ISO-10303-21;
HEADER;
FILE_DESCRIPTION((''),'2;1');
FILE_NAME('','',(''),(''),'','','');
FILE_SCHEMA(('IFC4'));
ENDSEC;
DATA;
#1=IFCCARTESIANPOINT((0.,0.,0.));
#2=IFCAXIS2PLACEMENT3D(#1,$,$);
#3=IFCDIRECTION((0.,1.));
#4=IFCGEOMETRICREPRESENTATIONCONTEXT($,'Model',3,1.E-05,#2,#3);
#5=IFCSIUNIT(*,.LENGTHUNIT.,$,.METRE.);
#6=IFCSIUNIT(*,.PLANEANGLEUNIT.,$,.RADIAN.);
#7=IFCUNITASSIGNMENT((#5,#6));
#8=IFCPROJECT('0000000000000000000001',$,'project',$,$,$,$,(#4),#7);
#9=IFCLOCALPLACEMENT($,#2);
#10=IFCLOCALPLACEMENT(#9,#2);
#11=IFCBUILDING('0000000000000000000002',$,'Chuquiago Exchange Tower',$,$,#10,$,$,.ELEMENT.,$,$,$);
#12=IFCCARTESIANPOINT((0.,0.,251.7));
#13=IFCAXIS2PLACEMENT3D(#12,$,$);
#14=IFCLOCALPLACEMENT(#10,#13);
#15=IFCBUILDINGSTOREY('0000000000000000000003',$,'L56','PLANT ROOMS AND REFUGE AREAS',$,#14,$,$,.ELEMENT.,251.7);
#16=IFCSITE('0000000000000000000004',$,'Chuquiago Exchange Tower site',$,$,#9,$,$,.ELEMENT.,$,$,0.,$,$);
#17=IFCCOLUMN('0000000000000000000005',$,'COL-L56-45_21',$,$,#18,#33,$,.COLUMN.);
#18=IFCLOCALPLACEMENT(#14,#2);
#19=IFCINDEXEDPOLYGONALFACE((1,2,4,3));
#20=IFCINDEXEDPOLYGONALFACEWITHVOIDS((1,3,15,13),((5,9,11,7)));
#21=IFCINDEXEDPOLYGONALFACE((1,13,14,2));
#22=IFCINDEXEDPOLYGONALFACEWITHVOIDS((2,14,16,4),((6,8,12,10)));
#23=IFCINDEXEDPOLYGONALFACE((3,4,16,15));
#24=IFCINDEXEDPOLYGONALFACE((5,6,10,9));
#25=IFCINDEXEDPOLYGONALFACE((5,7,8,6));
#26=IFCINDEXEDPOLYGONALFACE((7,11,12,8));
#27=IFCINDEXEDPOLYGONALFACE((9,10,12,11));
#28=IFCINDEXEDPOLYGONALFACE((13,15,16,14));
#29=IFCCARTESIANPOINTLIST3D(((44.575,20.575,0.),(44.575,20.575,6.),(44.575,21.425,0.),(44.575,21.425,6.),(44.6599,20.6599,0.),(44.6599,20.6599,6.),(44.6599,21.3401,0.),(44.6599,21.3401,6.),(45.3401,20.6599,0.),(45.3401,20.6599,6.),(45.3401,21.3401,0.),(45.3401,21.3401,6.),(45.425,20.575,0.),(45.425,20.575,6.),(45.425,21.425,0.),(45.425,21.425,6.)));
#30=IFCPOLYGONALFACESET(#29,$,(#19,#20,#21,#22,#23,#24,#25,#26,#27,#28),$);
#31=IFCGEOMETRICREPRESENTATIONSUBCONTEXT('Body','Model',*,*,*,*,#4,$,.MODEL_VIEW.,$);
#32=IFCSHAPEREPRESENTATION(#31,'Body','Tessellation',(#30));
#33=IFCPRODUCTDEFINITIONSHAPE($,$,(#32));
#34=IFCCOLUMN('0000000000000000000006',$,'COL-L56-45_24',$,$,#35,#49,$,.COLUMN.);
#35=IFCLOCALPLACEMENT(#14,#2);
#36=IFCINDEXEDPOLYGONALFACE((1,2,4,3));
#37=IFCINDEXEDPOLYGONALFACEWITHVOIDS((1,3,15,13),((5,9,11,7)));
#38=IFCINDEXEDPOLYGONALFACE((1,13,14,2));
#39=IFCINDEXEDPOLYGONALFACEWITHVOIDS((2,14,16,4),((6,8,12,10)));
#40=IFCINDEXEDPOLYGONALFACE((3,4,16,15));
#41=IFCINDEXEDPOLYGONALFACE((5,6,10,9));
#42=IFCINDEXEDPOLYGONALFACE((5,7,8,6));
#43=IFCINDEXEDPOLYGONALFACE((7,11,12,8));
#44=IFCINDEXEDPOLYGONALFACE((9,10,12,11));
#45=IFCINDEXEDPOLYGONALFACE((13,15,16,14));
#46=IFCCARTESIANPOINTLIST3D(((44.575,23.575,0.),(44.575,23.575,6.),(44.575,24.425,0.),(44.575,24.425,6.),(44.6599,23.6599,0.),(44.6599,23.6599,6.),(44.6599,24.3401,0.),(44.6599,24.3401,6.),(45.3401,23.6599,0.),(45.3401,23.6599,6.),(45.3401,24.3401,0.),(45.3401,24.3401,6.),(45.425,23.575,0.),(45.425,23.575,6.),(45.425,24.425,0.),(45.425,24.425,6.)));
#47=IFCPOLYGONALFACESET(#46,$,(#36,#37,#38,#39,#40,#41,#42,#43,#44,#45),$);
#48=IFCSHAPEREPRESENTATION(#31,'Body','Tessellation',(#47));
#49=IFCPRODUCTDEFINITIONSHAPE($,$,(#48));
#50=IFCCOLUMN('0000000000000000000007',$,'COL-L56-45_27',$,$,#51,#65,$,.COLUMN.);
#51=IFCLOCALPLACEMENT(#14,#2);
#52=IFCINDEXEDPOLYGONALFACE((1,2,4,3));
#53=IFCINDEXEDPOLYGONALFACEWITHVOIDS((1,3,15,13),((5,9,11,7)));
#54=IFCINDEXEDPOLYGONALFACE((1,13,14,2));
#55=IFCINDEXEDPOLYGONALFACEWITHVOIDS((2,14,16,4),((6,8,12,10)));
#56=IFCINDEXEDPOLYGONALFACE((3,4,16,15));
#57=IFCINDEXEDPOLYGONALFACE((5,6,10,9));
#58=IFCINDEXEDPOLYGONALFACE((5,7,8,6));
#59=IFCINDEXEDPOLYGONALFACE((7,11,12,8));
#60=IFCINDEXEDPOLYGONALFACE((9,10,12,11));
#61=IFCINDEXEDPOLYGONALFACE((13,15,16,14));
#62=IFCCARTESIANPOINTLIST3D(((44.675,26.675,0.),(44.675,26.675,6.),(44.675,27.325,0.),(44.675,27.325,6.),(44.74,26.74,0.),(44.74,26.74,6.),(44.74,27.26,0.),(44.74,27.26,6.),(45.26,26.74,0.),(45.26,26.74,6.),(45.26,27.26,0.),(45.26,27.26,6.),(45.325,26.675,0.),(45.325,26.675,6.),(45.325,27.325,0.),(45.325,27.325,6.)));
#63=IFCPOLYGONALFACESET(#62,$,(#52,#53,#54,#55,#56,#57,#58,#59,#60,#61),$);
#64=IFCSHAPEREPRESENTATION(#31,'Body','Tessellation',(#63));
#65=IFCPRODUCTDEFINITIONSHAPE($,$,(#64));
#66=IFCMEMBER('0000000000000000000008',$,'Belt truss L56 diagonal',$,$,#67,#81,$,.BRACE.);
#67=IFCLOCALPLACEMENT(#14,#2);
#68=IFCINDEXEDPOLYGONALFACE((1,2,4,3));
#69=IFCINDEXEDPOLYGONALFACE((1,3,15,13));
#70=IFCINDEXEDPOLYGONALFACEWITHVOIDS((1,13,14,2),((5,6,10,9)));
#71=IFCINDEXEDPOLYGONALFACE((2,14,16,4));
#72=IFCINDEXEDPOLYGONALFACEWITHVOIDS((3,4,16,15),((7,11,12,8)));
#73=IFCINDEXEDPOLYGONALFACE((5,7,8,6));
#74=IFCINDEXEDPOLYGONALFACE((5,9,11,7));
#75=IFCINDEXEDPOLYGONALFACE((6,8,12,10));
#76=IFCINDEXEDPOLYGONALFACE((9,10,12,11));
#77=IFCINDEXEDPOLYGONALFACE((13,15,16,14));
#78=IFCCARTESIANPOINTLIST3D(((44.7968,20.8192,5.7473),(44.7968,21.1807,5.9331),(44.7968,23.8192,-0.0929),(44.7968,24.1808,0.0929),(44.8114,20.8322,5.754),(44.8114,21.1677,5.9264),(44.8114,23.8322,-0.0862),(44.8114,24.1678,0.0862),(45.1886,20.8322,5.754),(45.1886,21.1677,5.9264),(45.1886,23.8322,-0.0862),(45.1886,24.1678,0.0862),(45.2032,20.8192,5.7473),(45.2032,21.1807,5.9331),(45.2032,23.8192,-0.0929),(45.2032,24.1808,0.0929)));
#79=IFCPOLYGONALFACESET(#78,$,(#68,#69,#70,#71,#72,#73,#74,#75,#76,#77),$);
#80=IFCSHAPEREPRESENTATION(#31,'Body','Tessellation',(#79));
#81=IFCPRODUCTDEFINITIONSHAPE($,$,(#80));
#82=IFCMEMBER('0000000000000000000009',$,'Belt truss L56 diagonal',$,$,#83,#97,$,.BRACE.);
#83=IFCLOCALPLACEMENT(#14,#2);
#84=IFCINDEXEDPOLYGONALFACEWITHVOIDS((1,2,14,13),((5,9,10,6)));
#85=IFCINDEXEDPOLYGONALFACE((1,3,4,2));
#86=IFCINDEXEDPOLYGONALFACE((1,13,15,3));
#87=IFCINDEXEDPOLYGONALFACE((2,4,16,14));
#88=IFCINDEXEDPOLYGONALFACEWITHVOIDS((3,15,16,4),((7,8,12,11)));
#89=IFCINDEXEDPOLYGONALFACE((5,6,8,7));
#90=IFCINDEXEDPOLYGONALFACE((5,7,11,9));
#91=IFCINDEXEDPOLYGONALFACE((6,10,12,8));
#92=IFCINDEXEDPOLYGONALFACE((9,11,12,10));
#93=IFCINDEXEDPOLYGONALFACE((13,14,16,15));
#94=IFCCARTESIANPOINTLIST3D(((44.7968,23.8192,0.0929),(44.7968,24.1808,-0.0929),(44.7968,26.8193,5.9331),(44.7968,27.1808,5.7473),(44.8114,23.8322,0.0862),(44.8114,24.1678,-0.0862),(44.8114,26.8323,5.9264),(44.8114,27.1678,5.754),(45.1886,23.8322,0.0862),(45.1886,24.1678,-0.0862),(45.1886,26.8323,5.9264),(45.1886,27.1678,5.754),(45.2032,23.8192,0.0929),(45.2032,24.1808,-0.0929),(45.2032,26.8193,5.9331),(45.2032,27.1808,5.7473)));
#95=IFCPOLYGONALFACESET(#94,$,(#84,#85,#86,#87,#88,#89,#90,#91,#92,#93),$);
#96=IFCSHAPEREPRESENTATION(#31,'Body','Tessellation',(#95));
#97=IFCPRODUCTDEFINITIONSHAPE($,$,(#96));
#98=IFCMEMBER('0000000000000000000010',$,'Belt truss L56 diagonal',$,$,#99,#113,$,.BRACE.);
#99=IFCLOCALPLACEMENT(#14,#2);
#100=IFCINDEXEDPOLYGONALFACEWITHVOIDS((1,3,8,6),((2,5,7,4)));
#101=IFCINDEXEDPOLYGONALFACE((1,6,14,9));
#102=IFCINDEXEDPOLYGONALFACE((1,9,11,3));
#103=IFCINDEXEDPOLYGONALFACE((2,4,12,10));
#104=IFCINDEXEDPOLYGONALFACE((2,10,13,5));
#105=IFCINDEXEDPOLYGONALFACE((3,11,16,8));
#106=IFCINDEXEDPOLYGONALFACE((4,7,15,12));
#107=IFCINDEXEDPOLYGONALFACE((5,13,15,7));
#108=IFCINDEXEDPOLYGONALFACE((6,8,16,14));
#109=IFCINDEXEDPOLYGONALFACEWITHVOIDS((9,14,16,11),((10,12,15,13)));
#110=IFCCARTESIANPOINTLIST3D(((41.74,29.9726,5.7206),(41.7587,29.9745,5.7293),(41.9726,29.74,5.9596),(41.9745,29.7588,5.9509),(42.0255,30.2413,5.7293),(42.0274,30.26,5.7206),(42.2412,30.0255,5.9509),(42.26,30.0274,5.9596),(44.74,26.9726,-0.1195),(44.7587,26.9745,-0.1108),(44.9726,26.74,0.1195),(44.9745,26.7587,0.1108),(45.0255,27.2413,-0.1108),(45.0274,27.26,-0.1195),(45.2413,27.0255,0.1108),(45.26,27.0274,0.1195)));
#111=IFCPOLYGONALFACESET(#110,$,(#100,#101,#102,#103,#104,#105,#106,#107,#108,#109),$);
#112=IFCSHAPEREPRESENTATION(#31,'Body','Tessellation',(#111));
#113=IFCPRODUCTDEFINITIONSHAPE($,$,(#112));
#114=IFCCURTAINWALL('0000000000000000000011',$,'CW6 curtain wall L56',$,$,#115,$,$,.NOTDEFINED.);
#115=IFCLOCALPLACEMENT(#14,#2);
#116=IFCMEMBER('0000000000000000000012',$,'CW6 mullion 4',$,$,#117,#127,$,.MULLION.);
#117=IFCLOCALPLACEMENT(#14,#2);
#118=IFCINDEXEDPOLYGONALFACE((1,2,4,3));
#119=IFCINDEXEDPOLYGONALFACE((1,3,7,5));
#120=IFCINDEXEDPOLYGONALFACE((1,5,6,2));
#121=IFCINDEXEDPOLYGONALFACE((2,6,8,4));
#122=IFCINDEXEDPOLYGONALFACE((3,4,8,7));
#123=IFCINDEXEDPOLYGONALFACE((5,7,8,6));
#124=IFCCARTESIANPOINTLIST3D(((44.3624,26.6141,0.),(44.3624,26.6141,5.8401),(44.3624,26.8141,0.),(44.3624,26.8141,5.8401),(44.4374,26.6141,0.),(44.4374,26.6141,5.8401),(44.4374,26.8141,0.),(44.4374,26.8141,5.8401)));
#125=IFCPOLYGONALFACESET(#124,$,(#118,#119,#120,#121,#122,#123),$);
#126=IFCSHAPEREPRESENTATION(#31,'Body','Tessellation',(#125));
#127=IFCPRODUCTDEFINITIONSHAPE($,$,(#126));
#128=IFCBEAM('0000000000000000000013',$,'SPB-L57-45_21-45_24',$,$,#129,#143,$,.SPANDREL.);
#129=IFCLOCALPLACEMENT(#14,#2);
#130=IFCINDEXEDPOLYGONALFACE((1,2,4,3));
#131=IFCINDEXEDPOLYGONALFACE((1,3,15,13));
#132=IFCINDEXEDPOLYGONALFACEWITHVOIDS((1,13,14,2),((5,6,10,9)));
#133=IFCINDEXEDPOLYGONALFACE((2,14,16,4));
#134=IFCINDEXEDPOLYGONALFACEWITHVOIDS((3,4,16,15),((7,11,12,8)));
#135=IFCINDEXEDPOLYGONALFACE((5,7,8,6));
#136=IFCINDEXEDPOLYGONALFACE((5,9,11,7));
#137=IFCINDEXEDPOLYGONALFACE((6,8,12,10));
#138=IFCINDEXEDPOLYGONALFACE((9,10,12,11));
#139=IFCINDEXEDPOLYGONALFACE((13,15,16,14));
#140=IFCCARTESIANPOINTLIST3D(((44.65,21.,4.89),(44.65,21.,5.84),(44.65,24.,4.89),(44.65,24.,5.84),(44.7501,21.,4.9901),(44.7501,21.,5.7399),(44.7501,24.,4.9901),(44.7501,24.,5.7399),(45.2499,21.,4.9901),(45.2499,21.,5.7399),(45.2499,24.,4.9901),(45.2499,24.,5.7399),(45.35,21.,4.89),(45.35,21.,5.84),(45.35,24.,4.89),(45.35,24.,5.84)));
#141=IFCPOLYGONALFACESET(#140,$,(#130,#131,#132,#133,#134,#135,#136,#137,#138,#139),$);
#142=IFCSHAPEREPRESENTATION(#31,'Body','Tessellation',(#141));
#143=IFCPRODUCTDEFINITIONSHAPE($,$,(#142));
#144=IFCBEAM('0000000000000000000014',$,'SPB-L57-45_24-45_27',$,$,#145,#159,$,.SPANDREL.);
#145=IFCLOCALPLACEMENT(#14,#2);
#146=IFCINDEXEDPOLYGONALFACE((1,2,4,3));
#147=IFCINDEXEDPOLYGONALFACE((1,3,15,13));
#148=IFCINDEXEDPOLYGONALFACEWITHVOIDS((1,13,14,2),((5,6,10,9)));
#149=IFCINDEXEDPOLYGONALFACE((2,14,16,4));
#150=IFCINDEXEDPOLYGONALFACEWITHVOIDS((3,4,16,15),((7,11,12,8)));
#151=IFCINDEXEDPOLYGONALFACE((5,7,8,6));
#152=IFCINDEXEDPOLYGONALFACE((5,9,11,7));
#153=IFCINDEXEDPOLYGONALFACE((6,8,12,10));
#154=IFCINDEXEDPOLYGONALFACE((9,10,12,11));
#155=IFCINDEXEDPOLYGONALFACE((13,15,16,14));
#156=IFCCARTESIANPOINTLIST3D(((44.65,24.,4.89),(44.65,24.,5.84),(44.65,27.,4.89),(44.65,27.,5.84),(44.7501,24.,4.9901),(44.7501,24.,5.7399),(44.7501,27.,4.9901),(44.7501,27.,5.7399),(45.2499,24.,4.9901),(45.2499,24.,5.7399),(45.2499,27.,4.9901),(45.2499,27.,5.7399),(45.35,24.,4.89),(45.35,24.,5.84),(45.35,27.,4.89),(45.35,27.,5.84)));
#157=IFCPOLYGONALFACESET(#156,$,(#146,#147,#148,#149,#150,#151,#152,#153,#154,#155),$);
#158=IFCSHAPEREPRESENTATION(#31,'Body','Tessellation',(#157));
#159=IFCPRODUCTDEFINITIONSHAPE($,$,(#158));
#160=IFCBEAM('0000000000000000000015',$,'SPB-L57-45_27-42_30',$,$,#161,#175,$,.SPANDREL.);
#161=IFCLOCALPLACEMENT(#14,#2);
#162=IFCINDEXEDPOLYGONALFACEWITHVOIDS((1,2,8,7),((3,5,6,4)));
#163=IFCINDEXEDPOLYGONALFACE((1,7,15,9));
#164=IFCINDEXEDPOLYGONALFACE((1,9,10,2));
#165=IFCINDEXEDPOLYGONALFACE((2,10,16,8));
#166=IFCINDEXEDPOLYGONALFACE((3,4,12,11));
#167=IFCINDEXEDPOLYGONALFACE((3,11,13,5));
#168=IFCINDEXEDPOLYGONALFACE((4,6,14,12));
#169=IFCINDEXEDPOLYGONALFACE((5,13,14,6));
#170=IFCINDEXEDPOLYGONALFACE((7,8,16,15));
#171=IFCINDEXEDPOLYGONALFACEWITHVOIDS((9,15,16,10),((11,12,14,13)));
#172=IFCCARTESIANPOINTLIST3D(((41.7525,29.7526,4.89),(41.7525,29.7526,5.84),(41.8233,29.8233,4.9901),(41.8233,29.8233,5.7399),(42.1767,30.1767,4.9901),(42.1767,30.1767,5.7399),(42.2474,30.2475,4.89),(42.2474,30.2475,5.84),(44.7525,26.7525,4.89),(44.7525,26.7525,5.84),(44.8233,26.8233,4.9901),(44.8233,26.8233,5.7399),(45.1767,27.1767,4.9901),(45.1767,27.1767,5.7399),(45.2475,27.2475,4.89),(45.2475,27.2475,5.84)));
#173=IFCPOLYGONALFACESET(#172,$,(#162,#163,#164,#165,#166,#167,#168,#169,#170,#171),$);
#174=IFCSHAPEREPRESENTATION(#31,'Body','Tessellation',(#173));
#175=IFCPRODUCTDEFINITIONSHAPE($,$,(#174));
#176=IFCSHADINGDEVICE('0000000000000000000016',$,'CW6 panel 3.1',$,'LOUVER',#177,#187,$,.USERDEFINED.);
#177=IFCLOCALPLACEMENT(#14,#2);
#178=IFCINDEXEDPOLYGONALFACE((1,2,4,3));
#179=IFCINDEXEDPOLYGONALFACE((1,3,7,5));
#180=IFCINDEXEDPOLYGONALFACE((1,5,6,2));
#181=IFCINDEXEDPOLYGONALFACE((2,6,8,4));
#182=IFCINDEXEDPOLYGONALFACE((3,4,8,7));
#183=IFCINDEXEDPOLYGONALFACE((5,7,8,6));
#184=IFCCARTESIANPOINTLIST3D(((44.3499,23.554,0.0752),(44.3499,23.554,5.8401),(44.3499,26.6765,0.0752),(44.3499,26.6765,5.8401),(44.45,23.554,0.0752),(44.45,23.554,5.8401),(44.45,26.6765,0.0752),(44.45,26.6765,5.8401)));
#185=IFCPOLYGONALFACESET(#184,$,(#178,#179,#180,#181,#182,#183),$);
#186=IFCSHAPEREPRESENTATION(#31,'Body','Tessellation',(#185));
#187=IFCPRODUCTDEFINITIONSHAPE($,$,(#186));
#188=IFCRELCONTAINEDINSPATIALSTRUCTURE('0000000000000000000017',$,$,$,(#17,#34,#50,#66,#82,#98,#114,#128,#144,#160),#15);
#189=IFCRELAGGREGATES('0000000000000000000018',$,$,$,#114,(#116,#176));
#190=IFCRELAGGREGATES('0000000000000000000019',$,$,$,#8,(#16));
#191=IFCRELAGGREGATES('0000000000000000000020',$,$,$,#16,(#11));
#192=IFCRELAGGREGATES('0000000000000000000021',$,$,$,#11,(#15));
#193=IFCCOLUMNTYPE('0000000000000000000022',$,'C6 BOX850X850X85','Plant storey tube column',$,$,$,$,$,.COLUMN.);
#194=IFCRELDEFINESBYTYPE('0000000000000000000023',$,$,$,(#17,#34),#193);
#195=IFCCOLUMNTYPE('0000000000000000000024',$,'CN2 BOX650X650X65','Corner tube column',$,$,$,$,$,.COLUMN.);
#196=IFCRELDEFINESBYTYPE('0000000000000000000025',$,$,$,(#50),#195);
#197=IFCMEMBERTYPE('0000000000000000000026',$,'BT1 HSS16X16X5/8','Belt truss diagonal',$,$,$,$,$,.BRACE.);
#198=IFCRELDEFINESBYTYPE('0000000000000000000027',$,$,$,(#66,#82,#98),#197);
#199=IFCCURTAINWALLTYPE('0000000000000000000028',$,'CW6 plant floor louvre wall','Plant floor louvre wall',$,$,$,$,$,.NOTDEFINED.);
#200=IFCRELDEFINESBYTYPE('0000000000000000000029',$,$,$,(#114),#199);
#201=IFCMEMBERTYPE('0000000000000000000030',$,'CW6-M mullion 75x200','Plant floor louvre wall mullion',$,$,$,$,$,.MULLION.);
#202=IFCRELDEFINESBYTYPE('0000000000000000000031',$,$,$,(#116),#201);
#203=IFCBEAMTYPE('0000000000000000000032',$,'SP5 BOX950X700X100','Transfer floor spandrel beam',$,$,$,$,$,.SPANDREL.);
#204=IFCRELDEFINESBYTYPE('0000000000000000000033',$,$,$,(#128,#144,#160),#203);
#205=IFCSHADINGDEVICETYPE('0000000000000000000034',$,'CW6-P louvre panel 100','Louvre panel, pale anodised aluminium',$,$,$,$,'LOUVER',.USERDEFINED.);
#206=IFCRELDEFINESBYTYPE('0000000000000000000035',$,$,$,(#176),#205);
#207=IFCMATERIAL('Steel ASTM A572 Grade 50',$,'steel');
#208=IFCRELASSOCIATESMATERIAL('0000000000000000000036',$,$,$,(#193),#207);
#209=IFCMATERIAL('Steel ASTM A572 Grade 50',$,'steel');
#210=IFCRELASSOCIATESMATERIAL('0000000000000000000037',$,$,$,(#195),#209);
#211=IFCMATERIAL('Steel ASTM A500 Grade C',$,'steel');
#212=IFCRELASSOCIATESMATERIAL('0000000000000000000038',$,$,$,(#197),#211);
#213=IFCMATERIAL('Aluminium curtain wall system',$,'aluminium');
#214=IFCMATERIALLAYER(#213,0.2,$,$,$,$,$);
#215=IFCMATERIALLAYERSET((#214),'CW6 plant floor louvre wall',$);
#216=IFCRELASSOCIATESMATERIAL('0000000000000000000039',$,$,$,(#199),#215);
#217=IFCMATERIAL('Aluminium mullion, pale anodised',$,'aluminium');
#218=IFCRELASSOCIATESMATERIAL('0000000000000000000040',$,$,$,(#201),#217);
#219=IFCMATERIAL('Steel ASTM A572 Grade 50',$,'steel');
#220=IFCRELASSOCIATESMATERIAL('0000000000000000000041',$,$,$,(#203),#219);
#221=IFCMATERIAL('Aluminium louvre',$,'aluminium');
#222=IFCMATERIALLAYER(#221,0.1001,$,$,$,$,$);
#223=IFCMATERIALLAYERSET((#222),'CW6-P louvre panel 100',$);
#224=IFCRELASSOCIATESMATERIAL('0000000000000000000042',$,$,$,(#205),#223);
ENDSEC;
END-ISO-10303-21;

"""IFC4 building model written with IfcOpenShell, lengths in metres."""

from ifc_helpers import new_model, si_unit, direction, frame, origin, origin_2d, place, context, subcontext, project, spatial, rectangle, hollow_rectangle, extrude, material, layer, layer_set, material_profile, profile_set, type_object, element, aggregate, save


model = new_model("IFC4")

# Units and contexts
model_context = context("Model", 3, precision=1e-05, world=origin(), true_north=direction((0.0, 1.0)))
body_context = subcontext(model_context, "Body", "Model", "MODEL_VIEW")
ifc_project = project(units=[si_unit("LENGTHUNIT", "METRE"), si_unit("PLANEANGLEUNIT", "RADIAN")], contexts=[model_context])

# Site, building, storey
site_placement = place(None, origin())
site = spatial("IfcSite", under=ifc_project, at=site_placement, Name="Chuquiago Exchange Tower site", CompositionType="ELEMENT", RefElevation=0.0)
building_placement = place(site_placement, origin())
building = spatial("IfcBuilding", under=site, at=building_placement, Name="Chuquiago Exchange Tower", CompositionType="ELEMENT")
storey_placement = place(building_placement, frame((0.0, 0.0, 251.7)))
storey = spatial("IfcBuildingStorey", under=building, at=storey_placement, Name="L56", Description="PLANT ROOMS AND REFUGE AREAS", CompositionType="ELEMENT", Elevation=251.7)

# Columns
ifc_material_1 = material(Name="Steel ASTM A572 Grade 50", Category="steel")
ifc_material_profile_1 = material_profile(ifc_material_1, hollow_rectangle(XDim=0.8501, YDim=0.8501, WallThickness=0.085, at=origin_2d()), Name="BOX850X850X85")
ifc_profile_set_1 = profile_set([ifc_material_profile_1], Name="Steel ASTM A572 Grade 50")
column_type_1 = type_object("IfcColumnType", Name="C6 BOX850X850X85", Description="Plant storey tube column", PredefinedType="COLUMN", material=ifc_profile_set_1)
for number, where, z_axis, x_axis, name in (
    (1, (45.0, 21.0, 0.0), (0.0, 0.0, 1.0), (1.0, 0.0, 0.0), "COL-L56-45_21"),
    (2, (45.0, 24.0, 0.0), (0.0, 0.0, 1.0), (1.0, 0.0, 0.0), "COL-L56-45_24"),
):
    element("IfcColumn", number, at=place(storey_placement, frame(where, z_axis=z_axis, x_axis=x_axis)), inside=storey, type_object=column_type_1, Name=name, PredefinedType="COLUMN", context=body_context, shape_type="SweptSolid", body=[
        extrude(hollow_rectangle(XDim=0.8501, YDim=0.8501, WallThickness=0.085, at=origin_2d()), origin(), (0.0, 0.0, 1.0), 6.0),
    ])
ifc_material_2 = material(Name="Steel ASTM A572 Grade 50", Category="steel")
ifc_material_profile_2 = material_profile(ifc_material_2, hollow_rectangle(XDim=0.6499, YDim=0.6499, WallThickness=0.0649, at=origin_2d()), Name="BOX650X650X65")
ifc_profile_set_2 = profile_set([ifc_material_profile_2], Name="Steel ASTM A572 Grade 50")
column_type_2 = type_object("IfcColumnType", Name="CN2 BOX650X650X65", Description="Corner tube column", PredefinedType="COLUMN", material=ifc_profile_set_2)
column_placement = place(storey_placement, frame((45.0, 27.0, 0.0), z_axis=(0.0, 0.0, 1.0), x_axis=(1.0, 0.0, 0.0)))
element("IfcColumn", 3, at=column_placement, inside=storey, type_object=column_type_2, Name="COL-L56-45_27", PredefinedType="COLUMN", context=body_context, shape_type="SweptSolid", body=[
    extrude(hollow_rectangle(XDim=0.6499, YDim=0.6499, WallThickness=0.0649, at=origin_2d()), origin(), (0.0, 0.0, 1.0), 6.0),
])

# Members
ifc_material_3 = material(Name="Steel ASTM A500 Grade C", Category="steel")
ifc_material_profile_3 = material_profile(ifc_material_3, hollow_rectangle(XDim=0.4065, YDim=0.4065, WallThickness=0.0146, at=origin_2d()), Name="HSS16X16X5/8")
ifc_profile_set_3 = profile_set([ifc_material_profile_3], Name="Steel ASTM A500 Grade C")
member_type_1 = type_object("IfcMemberType", Name="BT1 HSS16X16X5/8", Description="Belt truss diagonal", PredefinedType="BRACE", material=ifc_profile_set_3)
for number, where, z_axis, x_axis, name in (
    (4, (45.0, 24.0, 0.0), (0.0, -0.45693, 0.889503), (1.0, 0.0, 0.0), "Belt truss L56 diagonal"),
    (5, (45.0, 24.0, 0.0), (0.0, 0.45693, 0.889503), (-1.0, 0.0, 0.0), "Belt truss L56 diagonal"),
):
    element("IfcMember", number, at=place(storey_placement, frame(where, z_axis=z_axis, x_axis=x_axis)), inside=storey, type_object=member_type_1, Name=name, PredefinedType="BRACE", context=body_context, shape_type="SweptSolid", body=[
        extrude(hollow_rectangle(XDim=0.4065, YDim=0.4065, WallThickness=0.0146, at=origin_2d()), origin(), (0.0, 0.0, 1.0), 6.5657),
    ])
member_1_placement = place(storey_placement, frame((45.0, 27.0, 0.0), z_axis=(-0.415599, 0.415599, 0.809045), x_axis=(-0.707107, -0.707107, 0.0)))
element("IfcMember", 6, at=member_1_placement, inside=storey, type_object=member_type_1, Name="Belt truss L56 diagonal", PredefinedType="BRACE", context=body_context, shape_type="SweptSolid", body=[
    extrude(hollow_rectangle(XDim=0.4065, YDim=0.4065, WallThickness=0.0146, at=origin_2d()), origin(), (0.0, 0.0, 1.0), 7.2185),
])

# Curtain wall, member
ifc_material_4 = material(Name="Aluminium curtain wall system", Category="aluminium")
ifc_layer_1 = layer(ifc_material_4, 0.2)
ifc_layer_set_1 = layer_set([ifc_layer_1], Name="CW6 plant floor louvre wall")
curtain_wall_type = type_object("IfcCurtainWallType", Name="CW6 plant floor louvre wall", Description="Plant floor louvre wall", PredefinedType="NOTDEFINED", material=ifc_layer_set_1)
curtain_wall_placement = place(storey_placement, origin())
curtain_wall = element("IfcCurtainWall", 7, at=curtain_wall_placement, inside=storey, type_object=curtain_wall_type, Name="CW6 curtain wall L56", PredefinedType="NOTDEFINED")
ifc_material_5 = material(Name="Aluminium mullion, pale anodised", Category="aluminium")
ifc_material_profile_4 = material_profile(ifc_material_5, rectangle(XDim=0.075, YDim=0.2, at=origin_2d()), Name="AL 75x200")
ifc_profile_set_4 = profile_set([ifc_material_profile_4], Name="Aluminium mullion, pale anodised")
member_type_2 = type_object("IfcMemberType", Name="CW6-M mullion 75x200", Description="Plant floor louvre wall mullion", PredefinedType="MULLION", material=ifc_profile_set_4)
member_2_placement = place(storey_placement, frame((44.3999, 26.7141, 0.0), z_axis=(0.0, 0.0, 1.0), x_axis=(-1.0, 0.0, 0.0)))
member_2 = element("IfcMember", 8, at=member_2_placement, type_object=member_type_2, Name="CW6 mullion 4", PredefinedType="MULLION", context=body_context, shape_type="SweptSolid", body=[
    extrude(rectangle(XDim=0.075, YDim=0.2, at=origin_2d()), origin(), (0.0, 0.0, 1.0), 5.8401),
])

# Beams
ifc_material_6 = material(Name="Steel ASTM A572 Grade 50", Category="steel")
ifc_material_profile_5 = material_profile(ifc_material_6, hollow_rectangle(XDim=0.7, YDim=0.95, WallThickness=0.1001, at=origin_2d()), Name="BOX950X700X100")
ifc_profile_set_5 = profile_set([ifc_material_profile_5], Name="Steel ASTM A572 Grade 50")
beam_type = type_object("IfcBeamType", Name="SP5 BOX950X700X100", Description="Transfer floor spandrel beam", PredefinedType="SPANDREL", material=ifc_profile_set_5)
for number, where, z_axis, x_axis, name in (
    (9, (45.0, 21.0, 5.365), (0.0, 1.0, 0.0), (-1.0, 0.0, 0.0), "SPB-L57-45_21-45_24"),
    (10, (45.0, 24.0, 5.365), (0.0, 1.0, 0.0), (-1.0, 0.0, 0.0), "SPB-L57-45_24-45_27"),
):
    element("IfcBeam", number, at=place(storey_placement, frame(where, z_axis=z_axis, x_axis=x_axis)), inside=storey, type_object=beam_type, Name=name, PredefinedType="SPANDREL", context=body_context, shape_type="SweptSolid", body=[
        extrude(hollow_rectangle(XDim=0.7, YDim=0.95, WallThickness=0.1001, at=origin_2d()), origin(), (0.0, 0.0, 1.0), 3.0),
    ])
beam_placement = place(storey_placement, frame((45.0, 27.0, 5.365), z_axis=(-0.707107, 0.707107, 0.0), x_axis=(-0.707107, -0.707107, 0.0)))
element("IfcBeam", 11, at=beam_placement, inside=storey, type_object=beam_type, Name="SPB-L57-45_27-42_30", PredefinedType="SPANDREL", context=body_context, shape_type="SweptSolid", body=[
    extrude(hollow_rectangle(XDim=0.7, YDim=0.95, WallThickness=0.1001, at=origin_2d()), origin(), (0.0, 0.0, 1.0), 4.2427),
])

# Shading device
ifc_material_7 = material(Name="Aluminium louvre", Category="aluminium")
ifc_layer_2 = layer(ifc_material_7, 0.1001)
ifc_layer_set_2 = layer_set([ifc_layer_2], Name="CW6-P louvre panel 100")
shading_device_type = type_object("IfcShadingDeviceType", Name="CW6-P louvre panel 100", Description="Louvre panel, pale anodised aluminium", ElementType="LOUVER", PredefinedType="USERDEFINED", material=ifc_layer_set_2)
shading_device_placement = place(storey_placement, frame((44.3999, 25.1152, 0.0752), z_axis=(0.0, 0.0, 1.0), x_axis=(0.0, 1.0, 0.0)))
shading_device = element("IfcShadingDevice", 12, at=shading_device_placement, type_object=shading_device_type, Name="CW6 panel 3.1", ObjectType="LOUVER", PredefinedType="USERDEFINED", context=body_context, shape_type="SweptSolid", body=[
    extrude(rectangle(XDim=3.1226, YDim=0.1001, at=origin_2d()), origin(), (0.0, 0.0, 1.0), 5.7649),
])
aggregate(curtain_wall, [member_2, shading_device])

save(model, "model.ifc")
